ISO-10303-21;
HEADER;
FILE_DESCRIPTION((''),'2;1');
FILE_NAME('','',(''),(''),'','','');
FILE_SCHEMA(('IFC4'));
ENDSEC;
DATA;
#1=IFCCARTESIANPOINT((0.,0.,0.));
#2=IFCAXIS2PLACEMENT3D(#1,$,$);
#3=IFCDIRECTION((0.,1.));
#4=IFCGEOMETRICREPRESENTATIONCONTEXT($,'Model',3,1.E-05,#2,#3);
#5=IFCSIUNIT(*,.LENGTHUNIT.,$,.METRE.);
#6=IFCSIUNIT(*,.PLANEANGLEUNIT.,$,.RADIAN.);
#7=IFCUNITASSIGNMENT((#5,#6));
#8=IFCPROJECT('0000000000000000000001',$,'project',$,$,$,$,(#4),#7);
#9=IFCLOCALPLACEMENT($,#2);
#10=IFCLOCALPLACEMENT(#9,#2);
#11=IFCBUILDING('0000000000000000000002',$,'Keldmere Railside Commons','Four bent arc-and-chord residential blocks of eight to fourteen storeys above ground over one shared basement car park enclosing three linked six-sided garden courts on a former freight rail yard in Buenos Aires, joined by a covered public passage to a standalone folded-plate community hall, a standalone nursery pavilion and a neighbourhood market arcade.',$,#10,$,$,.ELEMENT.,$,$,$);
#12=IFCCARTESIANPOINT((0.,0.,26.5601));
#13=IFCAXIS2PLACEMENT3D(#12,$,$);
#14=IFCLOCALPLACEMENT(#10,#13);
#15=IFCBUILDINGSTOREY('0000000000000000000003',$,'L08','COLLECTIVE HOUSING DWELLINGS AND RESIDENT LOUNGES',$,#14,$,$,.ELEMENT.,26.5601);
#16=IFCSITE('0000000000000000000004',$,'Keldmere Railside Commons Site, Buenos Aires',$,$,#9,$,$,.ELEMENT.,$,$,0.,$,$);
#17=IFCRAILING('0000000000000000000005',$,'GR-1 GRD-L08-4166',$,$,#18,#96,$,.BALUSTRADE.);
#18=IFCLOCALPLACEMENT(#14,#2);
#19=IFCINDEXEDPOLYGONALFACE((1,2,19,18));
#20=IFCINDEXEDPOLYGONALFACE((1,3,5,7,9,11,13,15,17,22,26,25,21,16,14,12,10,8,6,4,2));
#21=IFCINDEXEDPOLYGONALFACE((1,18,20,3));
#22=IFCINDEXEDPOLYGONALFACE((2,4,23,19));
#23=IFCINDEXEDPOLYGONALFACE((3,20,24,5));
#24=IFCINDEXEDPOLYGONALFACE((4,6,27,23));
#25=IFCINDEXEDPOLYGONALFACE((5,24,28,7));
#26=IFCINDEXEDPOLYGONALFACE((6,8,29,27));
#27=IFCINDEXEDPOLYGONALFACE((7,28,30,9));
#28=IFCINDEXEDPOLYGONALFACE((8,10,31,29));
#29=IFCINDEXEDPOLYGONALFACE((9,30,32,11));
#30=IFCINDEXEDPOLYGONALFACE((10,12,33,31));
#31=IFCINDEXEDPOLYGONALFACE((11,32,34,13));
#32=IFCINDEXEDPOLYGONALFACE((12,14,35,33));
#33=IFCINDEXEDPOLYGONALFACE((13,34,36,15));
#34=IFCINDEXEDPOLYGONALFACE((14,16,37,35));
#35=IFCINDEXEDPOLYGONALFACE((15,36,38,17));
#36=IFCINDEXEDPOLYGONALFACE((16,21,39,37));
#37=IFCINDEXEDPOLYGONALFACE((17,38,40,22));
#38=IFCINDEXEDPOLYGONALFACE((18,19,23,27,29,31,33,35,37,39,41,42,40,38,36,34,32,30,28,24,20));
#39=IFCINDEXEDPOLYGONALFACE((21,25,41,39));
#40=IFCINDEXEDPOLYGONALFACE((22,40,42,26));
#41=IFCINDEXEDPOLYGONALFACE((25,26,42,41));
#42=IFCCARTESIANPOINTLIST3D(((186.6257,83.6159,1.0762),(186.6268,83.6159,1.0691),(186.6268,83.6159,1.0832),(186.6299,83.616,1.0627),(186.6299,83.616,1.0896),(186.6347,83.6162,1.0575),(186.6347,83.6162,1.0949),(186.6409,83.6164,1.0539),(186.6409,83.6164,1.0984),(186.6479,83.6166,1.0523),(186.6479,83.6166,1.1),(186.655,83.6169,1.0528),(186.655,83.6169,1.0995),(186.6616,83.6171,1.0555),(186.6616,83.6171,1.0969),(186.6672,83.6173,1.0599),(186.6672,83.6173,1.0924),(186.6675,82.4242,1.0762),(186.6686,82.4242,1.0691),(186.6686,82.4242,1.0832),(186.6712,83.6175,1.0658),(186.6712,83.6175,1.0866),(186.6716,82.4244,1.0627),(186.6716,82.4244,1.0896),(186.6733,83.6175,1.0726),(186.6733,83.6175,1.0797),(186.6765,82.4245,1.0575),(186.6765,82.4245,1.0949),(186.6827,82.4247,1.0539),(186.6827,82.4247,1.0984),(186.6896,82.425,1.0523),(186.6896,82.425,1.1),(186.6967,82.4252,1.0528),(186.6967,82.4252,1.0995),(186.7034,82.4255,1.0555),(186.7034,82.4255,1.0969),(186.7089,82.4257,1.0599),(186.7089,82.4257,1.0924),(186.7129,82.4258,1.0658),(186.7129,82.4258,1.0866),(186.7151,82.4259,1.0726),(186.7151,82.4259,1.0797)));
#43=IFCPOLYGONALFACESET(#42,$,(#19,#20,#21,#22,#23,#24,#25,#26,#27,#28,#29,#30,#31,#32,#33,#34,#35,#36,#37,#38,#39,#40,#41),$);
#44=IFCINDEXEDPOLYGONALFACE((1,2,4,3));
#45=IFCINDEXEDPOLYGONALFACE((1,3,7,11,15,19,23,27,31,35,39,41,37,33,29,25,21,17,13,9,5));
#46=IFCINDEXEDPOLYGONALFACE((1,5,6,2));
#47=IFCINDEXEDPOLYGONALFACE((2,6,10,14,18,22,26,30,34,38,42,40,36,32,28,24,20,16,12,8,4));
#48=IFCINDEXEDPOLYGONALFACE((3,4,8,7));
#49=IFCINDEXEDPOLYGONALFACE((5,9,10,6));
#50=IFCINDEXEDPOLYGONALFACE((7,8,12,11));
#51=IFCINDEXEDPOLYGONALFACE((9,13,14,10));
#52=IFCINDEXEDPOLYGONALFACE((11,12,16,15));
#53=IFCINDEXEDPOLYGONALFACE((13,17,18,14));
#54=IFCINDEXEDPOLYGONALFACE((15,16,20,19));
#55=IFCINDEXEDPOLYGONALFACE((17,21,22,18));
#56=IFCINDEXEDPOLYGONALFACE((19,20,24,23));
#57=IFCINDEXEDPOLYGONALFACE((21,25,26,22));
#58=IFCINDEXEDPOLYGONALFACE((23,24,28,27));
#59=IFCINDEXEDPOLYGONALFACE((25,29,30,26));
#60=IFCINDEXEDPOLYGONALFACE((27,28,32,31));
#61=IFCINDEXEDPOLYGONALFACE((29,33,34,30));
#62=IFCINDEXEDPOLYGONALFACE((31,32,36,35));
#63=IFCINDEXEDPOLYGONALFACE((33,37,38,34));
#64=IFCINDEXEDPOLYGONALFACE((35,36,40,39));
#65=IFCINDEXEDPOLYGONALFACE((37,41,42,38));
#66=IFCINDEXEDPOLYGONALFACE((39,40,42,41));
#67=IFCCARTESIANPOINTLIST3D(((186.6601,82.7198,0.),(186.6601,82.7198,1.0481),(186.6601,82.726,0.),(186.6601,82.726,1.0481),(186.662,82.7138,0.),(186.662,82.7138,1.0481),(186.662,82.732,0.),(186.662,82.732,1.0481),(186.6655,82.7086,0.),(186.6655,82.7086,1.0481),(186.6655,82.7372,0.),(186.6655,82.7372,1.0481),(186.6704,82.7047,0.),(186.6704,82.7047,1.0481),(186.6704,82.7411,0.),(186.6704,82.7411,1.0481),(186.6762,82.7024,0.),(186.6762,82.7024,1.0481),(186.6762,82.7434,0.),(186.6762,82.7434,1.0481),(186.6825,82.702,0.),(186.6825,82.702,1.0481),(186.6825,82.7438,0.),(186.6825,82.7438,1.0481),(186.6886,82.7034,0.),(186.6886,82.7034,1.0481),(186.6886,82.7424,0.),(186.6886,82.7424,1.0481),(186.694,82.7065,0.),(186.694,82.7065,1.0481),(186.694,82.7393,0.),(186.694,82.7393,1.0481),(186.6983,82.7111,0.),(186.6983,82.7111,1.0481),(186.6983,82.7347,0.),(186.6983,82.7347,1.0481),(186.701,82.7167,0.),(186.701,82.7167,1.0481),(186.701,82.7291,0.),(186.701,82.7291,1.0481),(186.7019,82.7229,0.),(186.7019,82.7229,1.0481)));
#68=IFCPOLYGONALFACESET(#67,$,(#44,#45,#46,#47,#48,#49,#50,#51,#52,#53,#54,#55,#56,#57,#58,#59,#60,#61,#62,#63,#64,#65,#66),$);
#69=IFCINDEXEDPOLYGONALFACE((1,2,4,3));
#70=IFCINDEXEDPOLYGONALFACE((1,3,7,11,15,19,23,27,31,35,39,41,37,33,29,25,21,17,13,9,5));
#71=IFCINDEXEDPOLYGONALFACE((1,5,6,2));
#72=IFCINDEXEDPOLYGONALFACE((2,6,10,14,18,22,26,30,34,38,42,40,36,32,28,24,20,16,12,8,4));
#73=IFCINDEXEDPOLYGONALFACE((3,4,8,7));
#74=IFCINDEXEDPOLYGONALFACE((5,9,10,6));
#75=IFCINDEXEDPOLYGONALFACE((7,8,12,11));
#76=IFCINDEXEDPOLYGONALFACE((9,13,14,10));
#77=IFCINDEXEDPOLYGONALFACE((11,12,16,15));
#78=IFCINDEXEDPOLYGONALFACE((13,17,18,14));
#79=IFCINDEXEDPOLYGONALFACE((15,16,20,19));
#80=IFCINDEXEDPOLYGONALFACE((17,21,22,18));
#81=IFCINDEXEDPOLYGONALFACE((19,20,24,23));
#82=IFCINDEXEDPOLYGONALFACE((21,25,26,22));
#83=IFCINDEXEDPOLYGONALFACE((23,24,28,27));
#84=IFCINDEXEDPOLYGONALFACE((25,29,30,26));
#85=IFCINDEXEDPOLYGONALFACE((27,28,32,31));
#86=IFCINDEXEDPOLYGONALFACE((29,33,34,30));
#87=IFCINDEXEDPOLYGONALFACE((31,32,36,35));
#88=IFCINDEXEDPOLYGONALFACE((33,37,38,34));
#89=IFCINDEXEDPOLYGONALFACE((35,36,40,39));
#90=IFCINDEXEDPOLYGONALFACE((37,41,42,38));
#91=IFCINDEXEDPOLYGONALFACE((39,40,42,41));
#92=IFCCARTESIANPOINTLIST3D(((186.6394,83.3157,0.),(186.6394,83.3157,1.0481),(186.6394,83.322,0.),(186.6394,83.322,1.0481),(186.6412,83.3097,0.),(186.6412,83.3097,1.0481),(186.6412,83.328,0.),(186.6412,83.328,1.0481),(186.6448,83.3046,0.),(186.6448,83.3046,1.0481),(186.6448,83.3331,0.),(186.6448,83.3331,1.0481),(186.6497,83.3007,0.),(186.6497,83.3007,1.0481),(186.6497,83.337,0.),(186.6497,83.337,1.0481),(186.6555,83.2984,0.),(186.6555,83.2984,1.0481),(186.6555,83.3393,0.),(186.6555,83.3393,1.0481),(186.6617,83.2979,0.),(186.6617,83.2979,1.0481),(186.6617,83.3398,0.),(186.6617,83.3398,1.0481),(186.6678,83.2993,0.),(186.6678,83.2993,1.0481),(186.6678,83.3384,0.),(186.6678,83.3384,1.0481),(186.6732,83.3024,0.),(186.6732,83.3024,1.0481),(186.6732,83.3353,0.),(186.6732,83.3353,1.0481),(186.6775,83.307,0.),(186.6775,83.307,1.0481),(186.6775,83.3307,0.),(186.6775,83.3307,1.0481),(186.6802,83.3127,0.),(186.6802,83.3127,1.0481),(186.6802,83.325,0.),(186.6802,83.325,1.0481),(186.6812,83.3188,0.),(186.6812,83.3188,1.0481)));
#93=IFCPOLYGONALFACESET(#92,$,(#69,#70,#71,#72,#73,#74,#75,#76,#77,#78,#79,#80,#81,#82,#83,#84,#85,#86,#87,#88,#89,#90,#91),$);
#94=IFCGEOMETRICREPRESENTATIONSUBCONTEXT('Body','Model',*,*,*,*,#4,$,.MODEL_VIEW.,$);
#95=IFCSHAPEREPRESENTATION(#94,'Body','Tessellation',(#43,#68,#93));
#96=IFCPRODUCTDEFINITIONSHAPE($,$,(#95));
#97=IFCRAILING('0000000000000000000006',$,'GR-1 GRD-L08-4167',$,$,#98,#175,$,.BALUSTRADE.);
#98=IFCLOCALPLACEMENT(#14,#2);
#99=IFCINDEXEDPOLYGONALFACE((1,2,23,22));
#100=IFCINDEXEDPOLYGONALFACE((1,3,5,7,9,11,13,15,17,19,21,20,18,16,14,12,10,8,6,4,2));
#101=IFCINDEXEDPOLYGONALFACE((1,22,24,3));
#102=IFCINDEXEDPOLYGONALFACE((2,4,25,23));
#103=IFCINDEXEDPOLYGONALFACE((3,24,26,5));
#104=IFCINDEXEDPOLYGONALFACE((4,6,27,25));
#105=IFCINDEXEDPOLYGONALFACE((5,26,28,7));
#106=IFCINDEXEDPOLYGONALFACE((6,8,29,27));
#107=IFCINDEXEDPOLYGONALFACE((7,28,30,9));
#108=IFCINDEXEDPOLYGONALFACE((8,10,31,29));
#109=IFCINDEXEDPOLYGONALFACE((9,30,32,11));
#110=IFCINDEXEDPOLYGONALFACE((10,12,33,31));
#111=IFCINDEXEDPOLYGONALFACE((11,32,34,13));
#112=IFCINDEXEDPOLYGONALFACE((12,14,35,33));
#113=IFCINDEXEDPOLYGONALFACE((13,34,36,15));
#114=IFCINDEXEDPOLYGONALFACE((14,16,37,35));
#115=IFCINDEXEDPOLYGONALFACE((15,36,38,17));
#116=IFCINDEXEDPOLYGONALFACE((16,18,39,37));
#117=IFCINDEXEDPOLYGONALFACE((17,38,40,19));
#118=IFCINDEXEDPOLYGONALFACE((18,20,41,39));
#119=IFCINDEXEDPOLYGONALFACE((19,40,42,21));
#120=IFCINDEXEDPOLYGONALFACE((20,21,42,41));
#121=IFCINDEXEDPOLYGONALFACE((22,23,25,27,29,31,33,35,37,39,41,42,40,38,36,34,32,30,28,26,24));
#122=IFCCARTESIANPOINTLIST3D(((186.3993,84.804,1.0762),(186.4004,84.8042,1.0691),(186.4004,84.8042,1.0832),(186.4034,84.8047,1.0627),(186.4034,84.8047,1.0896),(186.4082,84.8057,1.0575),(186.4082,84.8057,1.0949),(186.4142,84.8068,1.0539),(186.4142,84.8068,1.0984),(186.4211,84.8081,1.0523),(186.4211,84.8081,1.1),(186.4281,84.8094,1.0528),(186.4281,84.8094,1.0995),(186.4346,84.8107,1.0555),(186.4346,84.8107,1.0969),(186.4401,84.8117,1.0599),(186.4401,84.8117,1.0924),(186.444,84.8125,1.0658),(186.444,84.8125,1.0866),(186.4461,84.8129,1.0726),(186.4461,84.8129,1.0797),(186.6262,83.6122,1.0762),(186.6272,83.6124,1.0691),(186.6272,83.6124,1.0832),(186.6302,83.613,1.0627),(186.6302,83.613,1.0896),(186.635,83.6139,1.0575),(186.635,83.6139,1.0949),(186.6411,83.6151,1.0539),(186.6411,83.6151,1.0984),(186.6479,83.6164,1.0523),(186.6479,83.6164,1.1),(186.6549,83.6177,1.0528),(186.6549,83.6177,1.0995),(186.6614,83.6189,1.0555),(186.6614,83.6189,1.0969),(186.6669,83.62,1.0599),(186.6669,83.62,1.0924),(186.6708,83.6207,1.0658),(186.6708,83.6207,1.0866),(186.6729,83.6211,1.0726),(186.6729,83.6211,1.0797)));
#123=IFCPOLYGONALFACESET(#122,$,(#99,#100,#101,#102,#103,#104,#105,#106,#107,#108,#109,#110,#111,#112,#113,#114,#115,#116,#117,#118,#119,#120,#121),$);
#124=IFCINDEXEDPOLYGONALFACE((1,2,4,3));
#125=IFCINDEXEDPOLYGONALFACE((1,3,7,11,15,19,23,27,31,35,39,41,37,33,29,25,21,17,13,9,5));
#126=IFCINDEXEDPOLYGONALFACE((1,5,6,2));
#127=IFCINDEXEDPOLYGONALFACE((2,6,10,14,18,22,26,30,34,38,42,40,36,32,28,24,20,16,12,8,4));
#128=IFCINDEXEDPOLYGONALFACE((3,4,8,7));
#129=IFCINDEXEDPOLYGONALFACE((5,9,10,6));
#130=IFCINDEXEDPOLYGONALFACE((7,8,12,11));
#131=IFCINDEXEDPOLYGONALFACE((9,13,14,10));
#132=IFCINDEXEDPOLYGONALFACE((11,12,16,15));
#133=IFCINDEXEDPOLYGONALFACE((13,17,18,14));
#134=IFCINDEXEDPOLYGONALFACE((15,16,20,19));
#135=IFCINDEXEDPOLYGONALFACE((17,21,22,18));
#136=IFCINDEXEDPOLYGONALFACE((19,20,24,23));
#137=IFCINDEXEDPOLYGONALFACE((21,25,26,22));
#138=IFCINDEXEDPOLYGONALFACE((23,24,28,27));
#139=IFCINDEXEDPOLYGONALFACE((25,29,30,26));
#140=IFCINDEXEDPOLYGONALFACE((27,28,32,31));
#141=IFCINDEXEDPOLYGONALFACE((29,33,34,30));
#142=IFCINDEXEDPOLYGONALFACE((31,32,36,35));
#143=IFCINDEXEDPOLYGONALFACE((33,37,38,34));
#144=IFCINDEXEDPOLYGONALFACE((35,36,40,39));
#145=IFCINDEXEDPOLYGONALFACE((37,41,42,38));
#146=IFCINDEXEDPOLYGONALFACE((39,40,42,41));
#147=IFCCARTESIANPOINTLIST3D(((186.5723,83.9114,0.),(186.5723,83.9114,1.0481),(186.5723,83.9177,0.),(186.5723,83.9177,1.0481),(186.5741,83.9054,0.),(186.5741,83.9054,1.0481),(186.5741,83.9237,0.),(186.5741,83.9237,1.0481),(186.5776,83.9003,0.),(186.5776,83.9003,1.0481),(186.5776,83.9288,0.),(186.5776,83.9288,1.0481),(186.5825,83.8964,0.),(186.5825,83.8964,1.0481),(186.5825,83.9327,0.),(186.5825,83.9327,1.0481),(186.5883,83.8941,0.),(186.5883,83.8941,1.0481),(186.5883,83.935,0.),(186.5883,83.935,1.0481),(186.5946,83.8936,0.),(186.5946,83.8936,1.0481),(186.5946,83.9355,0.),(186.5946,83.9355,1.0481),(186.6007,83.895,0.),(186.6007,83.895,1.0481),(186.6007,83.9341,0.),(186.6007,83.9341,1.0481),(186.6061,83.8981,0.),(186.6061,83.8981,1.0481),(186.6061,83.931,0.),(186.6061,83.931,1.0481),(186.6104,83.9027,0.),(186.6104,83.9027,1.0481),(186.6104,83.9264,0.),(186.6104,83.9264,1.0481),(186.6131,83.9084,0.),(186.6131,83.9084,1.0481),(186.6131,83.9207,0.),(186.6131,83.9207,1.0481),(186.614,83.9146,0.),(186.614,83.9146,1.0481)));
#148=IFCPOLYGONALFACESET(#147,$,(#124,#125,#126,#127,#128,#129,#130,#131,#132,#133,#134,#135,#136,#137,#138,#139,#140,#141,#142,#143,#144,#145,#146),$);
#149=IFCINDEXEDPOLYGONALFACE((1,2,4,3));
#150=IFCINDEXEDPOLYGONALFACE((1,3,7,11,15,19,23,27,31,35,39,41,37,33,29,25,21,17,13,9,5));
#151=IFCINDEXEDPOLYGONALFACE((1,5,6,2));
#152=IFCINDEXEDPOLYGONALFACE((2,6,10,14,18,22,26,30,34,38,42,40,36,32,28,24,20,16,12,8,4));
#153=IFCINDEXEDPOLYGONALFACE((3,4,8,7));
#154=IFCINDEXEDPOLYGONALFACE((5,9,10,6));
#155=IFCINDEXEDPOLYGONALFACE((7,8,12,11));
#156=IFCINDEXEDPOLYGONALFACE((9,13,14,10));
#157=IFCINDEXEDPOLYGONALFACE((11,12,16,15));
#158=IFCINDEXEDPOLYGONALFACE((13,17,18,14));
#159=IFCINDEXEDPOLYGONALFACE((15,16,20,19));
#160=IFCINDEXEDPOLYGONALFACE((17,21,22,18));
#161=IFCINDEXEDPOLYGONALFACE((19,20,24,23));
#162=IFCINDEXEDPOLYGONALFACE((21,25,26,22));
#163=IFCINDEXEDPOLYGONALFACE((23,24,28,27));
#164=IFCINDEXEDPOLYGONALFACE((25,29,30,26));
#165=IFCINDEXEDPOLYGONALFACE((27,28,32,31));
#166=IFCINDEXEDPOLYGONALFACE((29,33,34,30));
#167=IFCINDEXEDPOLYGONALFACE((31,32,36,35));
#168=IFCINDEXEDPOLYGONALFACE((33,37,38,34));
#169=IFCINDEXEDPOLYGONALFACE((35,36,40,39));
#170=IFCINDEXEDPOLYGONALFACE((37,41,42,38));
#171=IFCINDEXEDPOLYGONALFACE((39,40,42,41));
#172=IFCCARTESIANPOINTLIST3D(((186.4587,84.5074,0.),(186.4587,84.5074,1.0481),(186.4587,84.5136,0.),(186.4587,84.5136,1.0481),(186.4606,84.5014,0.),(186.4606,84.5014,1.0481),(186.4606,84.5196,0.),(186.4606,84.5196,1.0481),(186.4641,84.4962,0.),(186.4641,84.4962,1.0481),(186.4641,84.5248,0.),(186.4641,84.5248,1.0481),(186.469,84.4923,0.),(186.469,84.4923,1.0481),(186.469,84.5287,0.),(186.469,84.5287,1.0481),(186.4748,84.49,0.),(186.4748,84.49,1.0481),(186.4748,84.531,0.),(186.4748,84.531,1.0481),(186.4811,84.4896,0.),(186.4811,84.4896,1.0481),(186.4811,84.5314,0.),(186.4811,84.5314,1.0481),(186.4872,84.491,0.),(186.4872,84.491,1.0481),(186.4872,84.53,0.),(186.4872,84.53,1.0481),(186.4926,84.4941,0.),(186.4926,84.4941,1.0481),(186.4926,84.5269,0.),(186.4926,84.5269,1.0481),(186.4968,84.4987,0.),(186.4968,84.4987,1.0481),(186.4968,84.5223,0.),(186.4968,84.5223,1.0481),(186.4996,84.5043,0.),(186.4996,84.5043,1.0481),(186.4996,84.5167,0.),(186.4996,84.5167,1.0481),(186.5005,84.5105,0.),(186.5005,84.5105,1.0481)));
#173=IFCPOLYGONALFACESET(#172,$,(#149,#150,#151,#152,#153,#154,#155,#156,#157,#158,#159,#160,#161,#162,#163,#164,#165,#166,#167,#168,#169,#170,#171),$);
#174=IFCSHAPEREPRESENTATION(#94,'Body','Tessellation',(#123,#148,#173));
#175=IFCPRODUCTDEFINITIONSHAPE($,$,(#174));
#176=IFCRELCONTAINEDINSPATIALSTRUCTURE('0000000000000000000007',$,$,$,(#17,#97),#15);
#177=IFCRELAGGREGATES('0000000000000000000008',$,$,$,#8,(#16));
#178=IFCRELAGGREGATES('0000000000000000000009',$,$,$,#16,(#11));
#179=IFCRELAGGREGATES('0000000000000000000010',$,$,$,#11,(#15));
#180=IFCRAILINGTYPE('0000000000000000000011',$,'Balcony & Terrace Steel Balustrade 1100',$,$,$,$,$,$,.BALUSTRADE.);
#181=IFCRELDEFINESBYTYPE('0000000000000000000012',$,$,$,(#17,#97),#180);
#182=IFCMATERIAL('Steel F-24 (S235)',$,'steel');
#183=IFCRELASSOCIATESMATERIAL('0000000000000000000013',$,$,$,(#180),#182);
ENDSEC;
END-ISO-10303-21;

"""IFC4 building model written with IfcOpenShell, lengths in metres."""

from ifc_helpers import new_model, si_unit, direction, frame, origin, origin_2d, place, context, subcontext, project, spatial, circle, extrude, material, type_object, element, save


model = new_model("IFC4")

# Units and contexts
model_context = context("Model", 3, precision=1e-05, world=origin(), true_north=direction((0.0, 1.0)))
body_context = subcontext(model_context, "Body", "Model", "MODEL_VIEW")
ifc_project = project(units=[si_unit("LENGTHUNIT", "METRE"), si_unit("PLANEANGLEUNIT", "RADIAN")], contexts=[model_context])

# Site, building, storey
site_placement = place(None, origin())
site = spatial("IfcSite", under=ifc_project, at=site_placement, Name="Keldmere Railside Commons Site, Buenos Aires", CompositionType="ELEMENT", RefElevation=0.0)
building_placement = place(site_placement, origin())
building = spatial("IfcBuilding", under=site, at=building_placement, Name="Keldmere Railside Commons", Description="Four bent arc-and-chord residential blocks of eight to fourteen storeys above ground over one shared basement car park enclosing three linked six-sided garden courts on a former freight rail yard in Buenos Aires, joined by a covered public passage to a standalone folded-plate community hall, a standalone nursery pavilion and a neighbourhood market arcade.", CompositionType="ELEMENT")
storey_placement = place(building_placement, frame((0.0, 0.0, 26.5601)))
storey = spatial("IfcBuildingStorey", under=building, at=storey_placement, Name="L08", Description="COLLECTIVE HOUSING DWELLINGS AND RESIDENT LOUNGES", CompositionType="ELEMENT", Elevation=26.5601)

# Railings
ifc_material_1 = material(Name="Steel F-24 (S235)", Category="steel")
railing_type = type_object("IfcRailingType", Name="Balcony & Terrace Steel Balustrade 1100", PredefinedType="BALUSTRADE", material=ifc_material_1)
railing_1_placement = place(storey_placement, frame((186.6914, 82.425, 0.0)))
element("IfcRailing", 1, at=railing_1_placement, inside=storey, type_object=railing_type, Name="GR-1 GRD-L08-4166", PredefinedType="BALUSTRADE", context=body_context, shape_type="SweptSolid", body=[
    extrude(circle(Radius=0.0239, at=origin_2d()), frame((0.0, 0.0, 1.0762), z_axis=(-0.035012, 0.999387, 0.0), x_axis=(-0.999387, -0.035012, 0.0)), (0.0, 0.0, 1.0), 1.1924),
    extrude(circle(Radius=0.021, at=origin_2d()), frame((-0.0105, 0.2979, 0.0)), (0.0, 0.0, 1.0), 1.0481),
    extrude(circle(Radius=0.021, at=origin_2d()), frame((-0.0312, 0.8938, 0.0)), (0.0, 0.0, 1.0), 1.0481),
])
railing_2_placement = place(storey_placement, frame((186.6497, 83.6167, 0.0)))
element("IfcRailing", 2, at=railing_2_placement, inside=storey, type_object=railing_type, Name="GR-1 GRD-L08-4167", PredefinedType="BALUSTRADE", context=body_context, shape_type="SweptSolid", body=[
    extrude(circle(Radius=0.0239, at=origin_2d()), frame((0.0, 0.0, 1.0762), z_axis=(-0.186973, 0.982365, 0.0), x_axis=(-0.982365, -0.186973, 0.0)), (0.0, 0.0, 1.0), 1.2131),
    extrude(circle(Radius=0.021, at=origin_2d()), frame((-0.0566, 0.2979, 0.0)), (0.0, 0.0, 1.0), 1.0481),
    extrude(circle(Radius=0.021, at=origin_2d()), frame((-0.1702, 0.8938, 0.0)), (0.0, 0.0, 1.0), 1.0481),
])

save(model, "model.ifc")
